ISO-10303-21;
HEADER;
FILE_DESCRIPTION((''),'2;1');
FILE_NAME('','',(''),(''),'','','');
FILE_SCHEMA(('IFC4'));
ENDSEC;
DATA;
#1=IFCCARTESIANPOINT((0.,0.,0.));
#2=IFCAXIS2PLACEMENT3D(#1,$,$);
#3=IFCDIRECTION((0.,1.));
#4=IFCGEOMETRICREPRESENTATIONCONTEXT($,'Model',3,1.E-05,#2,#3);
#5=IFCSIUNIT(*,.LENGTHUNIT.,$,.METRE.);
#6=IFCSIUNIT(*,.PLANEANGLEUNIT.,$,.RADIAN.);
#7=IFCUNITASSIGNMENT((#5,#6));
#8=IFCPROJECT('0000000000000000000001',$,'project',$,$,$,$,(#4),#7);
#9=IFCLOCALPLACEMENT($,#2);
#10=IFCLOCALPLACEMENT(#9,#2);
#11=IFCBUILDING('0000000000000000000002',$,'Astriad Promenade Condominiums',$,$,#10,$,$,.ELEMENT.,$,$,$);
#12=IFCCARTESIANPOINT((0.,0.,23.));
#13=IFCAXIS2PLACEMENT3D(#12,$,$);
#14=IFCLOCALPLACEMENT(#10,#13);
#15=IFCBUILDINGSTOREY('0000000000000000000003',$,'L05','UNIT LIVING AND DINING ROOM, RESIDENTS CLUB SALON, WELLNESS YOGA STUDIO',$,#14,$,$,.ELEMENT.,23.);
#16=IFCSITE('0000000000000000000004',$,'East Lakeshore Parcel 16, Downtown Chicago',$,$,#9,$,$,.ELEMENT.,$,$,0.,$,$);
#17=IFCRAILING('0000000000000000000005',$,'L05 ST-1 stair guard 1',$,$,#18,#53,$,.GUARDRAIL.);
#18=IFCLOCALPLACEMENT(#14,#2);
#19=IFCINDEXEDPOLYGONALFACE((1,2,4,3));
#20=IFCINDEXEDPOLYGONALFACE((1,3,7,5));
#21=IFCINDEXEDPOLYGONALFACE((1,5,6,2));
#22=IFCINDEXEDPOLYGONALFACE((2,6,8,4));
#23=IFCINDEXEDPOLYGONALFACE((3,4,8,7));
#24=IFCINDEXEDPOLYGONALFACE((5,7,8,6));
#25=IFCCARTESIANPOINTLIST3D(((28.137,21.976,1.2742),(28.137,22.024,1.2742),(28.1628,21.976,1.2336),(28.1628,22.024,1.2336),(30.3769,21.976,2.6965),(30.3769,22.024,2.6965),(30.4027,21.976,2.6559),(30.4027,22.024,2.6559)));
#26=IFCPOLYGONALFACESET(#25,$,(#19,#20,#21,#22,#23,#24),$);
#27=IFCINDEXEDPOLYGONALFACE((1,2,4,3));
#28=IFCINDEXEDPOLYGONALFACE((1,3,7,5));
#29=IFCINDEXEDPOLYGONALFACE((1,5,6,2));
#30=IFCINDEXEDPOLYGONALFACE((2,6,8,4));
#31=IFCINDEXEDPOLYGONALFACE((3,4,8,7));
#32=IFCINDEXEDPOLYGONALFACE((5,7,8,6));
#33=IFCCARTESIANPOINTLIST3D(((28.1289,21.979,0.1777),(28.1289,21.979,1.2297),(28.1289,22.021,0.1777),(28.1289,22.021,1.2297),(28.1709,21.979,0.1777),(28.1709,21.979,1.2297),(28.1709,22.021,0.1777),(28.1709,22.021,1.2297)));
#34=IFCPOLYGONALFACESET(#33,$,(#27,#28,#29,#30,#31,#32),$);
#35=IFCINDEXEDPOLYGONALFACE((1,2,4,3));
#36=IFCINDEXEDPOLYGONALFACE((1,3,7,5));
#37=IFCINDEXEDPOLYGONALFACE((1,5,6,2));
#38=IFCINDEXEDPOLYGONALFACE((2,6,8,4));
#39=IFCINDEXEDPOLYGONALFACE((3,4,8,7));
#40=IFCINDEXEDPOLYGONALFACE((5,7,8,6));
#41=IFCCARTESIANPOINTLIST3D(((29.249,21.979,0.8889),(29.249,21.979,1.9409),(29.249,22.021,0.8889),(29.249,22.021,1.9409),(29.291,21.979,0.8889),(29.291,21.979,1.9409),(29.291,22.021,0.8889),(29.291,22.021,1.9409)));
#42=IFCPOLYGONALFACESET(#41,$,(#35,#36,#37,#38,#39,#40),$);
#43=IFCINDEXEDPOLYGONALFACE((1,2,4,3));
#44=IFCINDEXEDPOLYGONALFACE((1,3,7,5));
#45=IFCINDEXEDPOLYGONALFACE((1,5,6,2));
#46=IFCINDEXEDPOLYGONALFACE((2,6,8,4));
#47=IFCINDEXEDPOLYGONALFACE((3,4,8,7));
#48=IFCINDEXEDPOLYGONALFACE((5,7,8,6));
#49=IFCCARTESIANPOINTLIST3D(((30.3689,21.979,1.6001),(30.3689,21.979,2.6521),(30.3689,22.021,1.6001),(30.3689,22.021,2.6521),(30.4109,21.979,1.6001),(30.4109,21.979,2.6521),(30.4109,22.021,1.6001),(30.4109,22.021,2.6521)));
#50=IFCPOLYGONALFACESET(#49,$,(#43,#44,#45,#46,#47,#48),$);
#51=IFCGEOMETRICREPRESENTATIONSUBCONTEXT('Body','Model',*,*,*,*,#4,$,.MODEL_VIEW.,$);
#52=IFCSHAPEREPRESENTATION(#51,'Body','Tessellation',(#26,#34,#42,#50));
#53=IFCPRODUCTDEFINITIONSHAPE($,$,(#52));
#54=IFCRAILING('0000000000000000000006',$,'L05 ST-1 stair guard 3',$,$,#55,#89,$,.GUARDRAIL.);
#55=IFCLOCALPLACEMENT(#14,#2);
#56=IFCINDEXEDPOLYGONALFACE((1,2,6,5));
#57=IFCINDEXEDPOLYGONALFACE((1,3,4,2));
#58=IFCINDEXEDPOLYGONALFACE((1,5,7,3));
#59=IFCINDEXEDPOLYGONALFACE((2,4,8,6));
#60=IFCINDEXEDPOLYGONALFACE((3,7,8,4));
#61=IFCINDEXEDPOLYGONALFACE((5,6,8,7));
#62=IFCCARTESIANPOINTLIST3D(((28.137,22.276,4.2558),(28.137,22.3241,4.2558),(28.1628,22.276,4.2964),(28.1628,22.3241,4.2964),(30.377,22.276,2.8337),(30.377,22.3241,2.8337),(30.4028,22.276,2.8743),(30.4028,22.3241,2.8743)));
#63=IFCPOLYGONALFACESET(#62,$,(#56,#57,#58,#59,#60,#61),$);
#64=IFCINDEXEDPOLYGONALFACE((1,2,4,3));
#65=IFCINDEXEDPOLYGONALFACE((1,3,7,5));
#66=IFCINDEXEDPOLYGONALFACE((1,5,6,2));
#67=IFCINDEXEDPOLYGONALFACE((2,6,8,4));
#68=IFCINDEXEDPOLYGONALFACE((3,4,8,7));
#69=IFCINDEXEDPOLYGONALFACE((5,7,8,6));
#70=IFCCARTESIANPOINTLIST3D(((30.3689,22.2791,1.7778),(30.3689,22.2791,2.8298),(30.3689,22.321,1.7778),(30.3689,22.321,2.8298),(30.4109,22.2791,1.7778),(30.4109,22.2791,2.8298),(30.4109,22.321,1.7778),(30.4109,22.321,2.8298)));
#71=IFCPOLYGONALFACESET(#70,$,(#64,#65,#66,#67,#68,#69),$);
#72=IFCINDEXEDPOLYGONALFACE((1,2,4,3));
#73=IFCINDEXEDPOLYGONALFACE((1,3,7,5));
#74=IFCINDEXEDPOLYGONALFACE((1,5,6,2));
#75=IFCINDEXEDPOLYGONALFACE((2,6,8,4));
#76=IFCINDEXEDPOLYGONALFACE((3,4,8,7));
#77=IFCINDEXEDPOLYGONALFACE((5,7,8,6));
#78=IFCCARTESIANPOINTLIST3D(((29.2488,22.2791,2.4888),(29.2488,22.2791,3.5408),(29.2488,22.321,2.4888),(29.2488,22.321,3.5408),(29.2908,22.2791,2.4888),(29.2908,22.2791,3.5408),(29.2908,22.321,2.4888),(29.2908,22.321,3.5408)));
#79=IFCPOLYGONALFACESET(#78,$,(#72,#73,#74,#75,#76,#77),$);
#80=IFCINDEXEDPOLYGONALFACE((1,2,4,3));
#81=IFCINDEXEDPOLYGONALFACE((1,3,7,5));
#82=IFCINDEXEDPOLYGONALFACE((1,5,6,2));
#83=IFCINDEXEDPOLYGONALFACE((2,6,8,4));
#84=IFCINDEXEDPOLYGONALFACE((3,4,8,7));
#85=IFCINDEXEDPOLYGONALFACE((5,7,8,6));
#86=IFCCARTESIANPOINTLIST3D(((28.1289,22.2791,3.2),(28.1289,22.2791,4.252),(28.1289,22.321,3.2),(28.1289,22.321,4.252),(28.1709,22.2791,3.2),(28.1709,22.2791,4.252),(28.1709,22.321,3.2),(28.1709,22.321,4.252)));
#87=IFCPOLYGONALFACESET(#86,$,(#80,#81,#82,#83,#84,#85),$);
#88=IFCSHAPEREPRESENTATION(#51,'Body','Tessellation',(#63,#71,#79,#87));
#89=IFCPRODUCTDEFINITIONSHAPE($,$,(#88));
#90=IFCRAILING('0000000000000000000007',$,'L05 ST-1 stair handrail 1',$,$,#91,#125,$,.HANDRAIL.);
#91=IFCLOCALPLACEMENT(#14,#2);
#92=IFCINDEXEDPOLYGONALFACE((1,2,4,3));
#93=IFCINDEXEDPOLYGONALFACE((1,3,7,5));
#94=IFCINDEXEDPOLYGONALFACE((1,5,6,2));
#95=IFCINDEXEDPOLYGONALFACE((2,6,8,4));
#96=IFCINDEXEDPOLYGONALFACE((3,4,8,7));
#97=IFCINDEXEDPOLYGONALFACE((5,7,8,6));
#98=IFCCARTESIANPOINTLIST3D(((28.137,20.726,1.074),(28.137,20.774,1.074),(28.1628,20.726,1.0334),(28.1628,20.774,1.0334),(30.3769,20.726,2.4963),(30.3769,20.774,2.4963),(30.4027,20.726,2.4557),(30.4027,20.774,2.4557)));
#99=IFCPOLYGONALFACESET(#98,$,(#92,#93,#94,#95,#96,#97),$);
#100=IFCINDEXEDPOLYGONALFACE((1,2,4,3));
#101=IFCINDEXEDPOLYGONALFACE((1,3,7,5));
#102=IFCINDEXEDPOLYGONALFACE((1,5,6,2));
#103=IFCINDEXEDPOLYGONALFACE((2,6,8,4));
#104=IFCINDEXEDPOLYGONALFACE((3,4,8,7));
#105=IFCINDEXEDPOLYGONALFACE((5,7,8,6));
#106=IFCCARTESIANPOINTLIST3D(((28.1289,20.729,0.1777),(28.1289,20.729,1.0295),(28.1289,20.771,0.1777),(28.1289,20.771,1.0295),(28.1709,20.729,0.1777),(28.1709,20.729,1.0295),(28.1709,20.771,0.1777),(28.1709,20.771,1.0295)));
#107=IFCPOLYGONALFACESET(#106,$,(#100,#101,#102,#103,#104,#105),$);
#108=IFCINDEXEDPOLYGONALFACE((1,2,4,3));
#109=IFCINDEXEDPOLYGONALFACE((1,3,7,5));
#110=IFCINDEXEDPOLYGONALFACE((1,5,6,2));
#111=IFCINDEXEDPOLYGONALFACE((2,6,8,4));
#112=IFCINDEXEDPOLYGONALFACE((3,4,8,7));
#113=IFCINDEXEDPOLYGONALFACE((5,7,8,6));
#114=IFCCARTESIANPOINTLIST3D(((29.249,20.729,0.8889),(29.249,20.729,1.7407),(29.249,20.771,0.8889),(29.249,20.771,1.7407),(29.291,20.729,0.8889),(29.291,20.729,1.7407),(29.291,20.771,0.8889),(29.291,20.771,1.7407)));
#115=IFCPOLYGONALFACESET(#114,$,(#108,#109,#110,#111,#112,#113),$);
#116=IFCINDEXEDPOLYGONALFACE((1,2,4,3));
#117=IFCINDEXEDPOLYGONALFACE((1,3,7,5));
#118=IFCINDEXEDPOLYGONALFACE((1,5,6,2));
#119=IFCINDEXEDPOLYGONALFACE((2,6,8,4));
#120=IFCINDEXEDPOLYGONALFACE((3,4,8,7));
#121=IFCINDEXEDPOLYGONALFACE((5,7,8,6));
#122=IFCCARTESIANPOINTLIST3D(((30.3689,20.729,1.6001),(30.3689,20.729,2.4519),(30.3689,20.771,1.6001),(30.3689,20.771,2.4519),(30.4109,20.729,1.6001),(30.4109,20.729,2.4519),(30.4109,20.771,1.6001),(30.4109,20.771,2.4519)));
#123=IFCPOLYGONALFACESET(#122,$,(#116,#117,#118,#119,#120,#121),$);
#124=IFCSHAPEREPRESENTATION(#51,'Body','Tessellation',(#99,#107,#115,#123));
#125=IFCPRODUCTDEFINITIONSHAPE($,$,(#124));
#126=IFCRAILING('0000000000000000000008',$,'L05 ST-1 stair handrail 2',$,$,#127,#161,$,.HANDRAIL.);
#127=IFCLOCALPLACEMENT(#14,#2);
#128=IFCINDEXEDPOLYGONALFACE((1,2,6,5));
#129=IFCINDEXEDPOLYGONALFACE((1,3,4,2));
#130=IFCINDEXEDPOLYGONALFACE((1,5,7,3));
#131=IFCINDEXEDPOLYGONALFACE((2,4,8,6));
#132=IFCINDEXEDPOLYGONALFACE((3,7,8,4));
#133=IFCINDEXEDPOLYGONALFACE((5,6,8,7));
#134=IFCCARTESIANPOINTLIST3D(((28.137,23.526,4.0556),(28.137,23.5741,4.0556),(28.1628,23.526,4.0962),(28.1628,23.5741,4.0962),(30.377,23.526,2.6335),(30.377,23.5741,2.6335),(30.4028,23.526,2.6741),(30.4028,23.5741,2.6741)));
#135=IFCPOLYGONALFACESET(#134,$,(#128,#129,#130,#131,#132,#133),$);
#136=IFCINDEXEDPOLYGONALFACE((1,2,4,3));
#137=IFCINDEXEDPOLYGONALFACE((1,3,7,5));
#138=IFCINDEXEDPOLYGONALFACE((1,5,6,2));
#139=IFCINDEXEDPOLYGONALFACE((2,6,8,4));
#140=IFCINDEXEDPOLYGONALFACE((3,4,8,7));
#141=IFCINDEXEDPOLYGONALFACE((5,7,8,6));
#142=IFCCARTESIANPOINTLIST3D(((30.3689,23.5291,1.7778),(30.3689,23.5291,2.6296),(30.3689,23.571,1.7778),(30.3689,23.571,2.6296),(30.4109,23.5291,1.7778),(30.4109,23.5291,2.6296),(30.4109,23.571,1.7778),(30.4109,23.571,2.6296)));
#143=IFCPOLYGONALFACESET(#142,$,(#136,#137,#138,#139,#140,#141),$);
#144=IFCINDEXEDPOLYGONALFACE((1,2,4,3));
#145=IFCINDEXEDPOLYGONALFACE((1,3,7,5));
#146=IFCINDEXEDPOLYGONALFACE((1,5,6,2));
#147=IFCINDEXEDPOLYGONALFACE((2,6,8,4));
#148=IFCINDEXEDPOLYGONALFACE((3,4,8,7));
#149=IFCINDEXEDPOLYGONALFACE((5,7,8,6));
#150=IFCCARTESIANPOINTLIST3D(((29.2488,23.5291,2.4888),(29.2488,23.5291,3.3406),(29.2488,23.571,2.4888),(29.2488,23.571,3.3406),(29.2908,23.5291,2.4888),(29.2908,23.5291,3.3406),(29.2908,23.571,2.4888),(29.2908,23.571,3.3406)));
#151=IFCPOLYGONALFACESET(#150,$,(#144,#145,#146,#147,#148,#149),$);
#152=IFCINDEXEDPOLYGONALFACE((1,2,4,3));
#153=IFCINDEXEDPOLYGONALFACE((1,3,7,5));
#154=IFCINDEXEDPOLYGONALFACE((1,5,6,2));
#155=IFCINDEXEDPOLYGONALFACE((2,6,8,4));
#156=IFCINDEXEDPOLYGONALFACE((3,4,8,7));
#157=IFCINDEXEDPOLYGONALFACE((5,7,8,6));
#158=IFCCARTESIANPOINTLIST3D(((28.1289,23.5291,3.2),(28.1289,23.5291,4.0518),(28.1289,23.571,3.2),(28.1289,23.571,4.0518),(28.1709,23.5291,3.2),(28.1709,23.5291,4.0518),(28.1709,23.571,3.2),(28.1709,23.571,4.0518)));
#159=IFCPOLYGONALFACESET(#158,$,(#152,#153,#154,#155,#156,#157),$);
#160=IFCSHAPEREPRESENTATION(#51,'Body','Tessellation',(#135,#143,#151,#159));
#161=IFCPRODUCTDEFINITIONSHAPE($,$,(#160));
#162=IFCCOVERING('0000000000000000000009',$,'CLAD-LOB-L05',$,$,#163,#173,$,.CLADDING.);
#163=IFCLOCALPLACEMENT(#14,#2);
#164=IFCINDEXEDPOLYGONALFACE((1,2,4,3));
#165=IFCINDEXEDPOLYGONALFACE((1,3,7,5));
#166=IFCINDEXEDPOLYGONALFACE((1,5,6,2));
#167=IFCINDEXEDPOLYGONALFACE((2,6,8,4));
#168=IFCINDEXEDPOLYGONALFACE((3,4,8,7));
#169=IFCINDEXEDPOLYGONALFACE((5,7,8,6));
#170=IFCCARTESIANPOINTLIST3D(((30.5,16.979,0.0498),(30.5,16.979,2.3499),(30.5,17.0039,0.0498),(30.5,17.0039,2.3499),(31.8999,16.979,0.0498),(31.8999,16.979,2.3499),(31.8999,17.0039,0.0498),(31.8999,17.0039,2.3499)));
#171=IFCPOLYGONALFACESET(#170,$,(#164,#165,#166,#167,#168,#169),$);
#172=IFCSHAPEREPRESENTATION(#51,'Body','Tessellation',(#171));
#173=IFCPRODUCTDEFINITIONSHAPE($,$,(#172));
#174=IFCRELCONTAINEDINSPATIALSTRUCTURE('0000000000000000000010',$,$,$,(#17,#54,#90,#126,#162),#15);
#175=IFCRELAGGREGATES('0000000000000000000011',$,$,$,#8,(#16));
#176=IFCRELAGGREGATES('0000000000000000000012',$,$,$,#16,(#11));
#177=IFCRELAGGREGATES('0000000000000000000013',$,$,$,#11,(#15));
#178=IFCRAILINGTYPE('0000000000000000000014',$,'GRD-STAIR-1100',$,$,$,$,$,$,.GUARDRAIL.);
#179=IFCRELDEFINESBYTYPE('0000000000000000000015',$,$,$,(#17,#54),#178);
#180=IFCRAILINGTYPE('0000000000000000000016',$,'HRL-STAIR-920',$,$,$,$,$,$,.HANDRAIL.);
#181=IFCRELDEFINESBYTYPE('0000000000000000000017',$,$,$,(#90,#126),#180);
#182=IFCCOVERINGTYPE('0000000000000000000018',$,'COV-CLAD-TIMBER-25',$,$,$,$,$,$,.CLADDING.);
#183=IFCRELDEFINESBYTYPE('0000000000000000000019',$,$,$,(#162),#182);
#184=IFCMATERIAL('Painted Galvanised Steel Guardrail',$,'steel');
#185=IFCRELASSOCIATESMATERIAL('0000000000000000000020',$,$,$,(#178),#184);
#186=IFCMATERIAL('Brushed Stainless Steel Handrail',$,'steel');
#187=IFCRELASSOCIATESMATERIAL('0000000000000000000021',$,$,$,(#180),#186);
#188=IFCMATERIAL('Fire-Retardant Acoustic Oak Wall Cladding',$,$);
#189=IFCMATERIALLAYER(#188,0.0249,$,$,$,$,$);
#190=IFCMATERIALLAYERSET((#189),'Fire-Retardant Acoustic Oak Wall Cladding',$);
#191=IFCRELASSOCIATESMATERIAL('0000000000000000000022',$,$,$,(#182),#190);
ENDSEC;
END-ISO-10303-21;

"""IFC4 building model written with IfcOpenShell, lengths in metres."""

from ifc_helpers import new_model, si_unit, direction, frame, origin, origin_2d, place, context, subcontext, project, spatial, rectangle, extrude, source, transform, mapped, material, layer, layer_set, type_object, type_shapes, element, save


model = new_model("IFC4")

# Units and contexts
model_context = context("Model", 3, precision=1e-05, world=origin(), true_north=direction((0.0, 1.0)))
body_context = subcontext(model_context, "Body", "Model", "MODEL_VIEW")
ifc_project = project(units=[si_unit("LENGTHUNIT", "METRE"), si_unit("PLANEANGLEUNIT", "RADIAN")], contexts=[model_context])

# Site, building, storey
site_placement = place(None, origin())
site = spatial("IfcSite", under=ifc_project, at=site_placement, Name="East Lakeshore Parcel 16, Downtown Chicago", CompositionType="ELEMENT", RefElevation=0.0)
building_placement = place(site_placement, origin())
building = spatial("IfcBuilding", under=site, at=building_placement, Name="Astriad Promenade Condominiums", CompositionType="ELEMENT")
storey_placement = place(building_placement, frame((0.0, 0.0, 23.0)))
storey = spatial("IfcBuildingStorey", under=building, at=storey_placement, Name="L05", Description="UNIT LIVING AND DINING ROOM, RESIDENTS CLUB SALON, WELLNESS YOGA STUDIO", CompositionType="ELEMENT", Elevation=23.0)

# Railings
ifc_material_1 = material(Name="Painted Galvanised Steel Guardrail", Category="steel")
railing_type_1 = type_object("IfcRailingType", Name="GRD-STAIR-1100", PredefinedType="GUARDRAIL", material=ifc_material_1)
shared_shape_1 = source(origin(), body_context, "Body", "SweptSolid", [
    extrude(rectangle(XDim=0.0481, YDim=0.0481, at=origin_2d()), frame((0.0, 0.0, 1.0762), z_axis=(0.844188, 0.0, 0.536048), x_axis=(0.0, 1.0, 0.0)), (0.0, 0.0, 1.0), 2.6533),
    extrude(rectangle(XDim=0.042, YDim=0.042, at=origin_2d()), origin(), (0.0, 0.0, 1.0), 1.052),
    extrude(rectangle(XDim=0.042, YDim=0.042, at=origin_2d()), frame((1.1201, 0.0, 0.7112)), (0.0, 0.0, 1.0), 1.052),
    extrude(rectangle(XDim=0.042, YDim=0.042, at=origin_2d()), frame((2.24, 0.0, 1.4224)), (0.0, 0.0, 1.0), 1.052),
])
railing_1_placement = place(storey_placement, frame((28.1499, 22.0, 0.1777)))
element("IfcRailing", 1, at=railing_1_placement, inside=storey, type_object=railing_type_1, Name="L05 ST-1 stair guard 1", PredefinedType="GUARDRAIL", context=body_context, shape_type="MappedRepresentation", body=[
    mapped(shared_shape_1, transform((0.0, 0.0, 0.0), scale=1.0)),
])
shared_shape_2 = source(origin(), body_context, "Body", "SweptSolid", [
    extrude(rectangle(XDim=0.0481, YDim=0.0481, at=origin_2d()), frame((0.0, 0.0, 1.0762), z_axis=(-0.844229, 0.0, 0.535982), x_axis=(0.0, -1.0, 0.0)), (0.0, 0.0, 1.0), 2.6533),
    extrude(rectangle(XDim=0.042, YDim=0.042, at=origin_2d()), origin(), (0.0, 0.0, 1.0), 1.052),
    extrude(rectangle(XDim=0.042, YDim=0.042, at=origin_2d()), frame((-1.1201, 0.0, 0.7109)), (0.0, 0.0, 1.0), 1.052),
    extrude(rectangle(XDim=0.042, YDim=0.042, at=origin_2d()), frame((-2.24, 0.0, 1.4221)), (0.0, 0.0, 1.0), 1.052),
])
railing_2_placement = place(storey_placement, frame((30.3899, 22.3, 1.7778)))
element("IfcRailing", 2, at=railing_2_placement, inside=storey, type_object=railing_type_1, Name="L05 ST-1 stair guard 3", PredefinedType="GUARDRAIL", context=body_context, shape_type="MappedRepresentation", body=[
    mapped(shared_shape_2, transform((0.0, 0.0, 0.0), scale=1.0)),
])
ifc_material_2 = material(Name="Brushed Stainless Steel Handrail", Category="steel")
railing_type_2 = type_object("IfcRailingType", Name="HRL-STAIR-920", PredefinedType="HANDRAIL", material=ifc_material_2)
shared_shape_3 = source(origin(), body_context, "Body", "SweptSolid", [
    extrude(rectangle(XDim=0.0481, YDim=0.0481, at=origin_2d()), frame((0.0, 0.0, 0.876), z_axis=(0.844188, 0.0, 0.536048), x_axis=(0.0, 1.0, 0.0)), (0.0, 0.0, 1.0), 2.6533),
    extrude(rectangle(XDim=0.042, YDim=0.042, at=origin_2d()), origin(), (0.0, 0.0, 1.0), 0.8518),
    extrude(rectangle(XDim=0.042, YDim=0.042, at=origin_2d()), frame((1.1201, 0.0, 0.7112)), (0.0, 0.0, 1.0), 0.8518),
    extrude(rectangle(XDim=0.042, YDim=0.042, at=origin_2d()), frame((2.24, 0.0, 1.4224)), (0.0, 0.0, 1.0), 0.8518),
])
railing_3_placement = place(storey_placement, frame((28.1499, 20.75, 0.1777)))
element("IfcRailing", 3, at=railing_3_placement, inside=storey, type_object=railing_type_2, Name="L05 ST-1 stair handrail 1", PredefinedType="HANDRAIL", context=body_context, shape_type="MappedRepresentation", body=[
    mapped(shared_shape_3, transform((0.0, 0.0, 0.0), scale=1.0)),
])
shared_shape_4 = source(origin(), body_context, "Body", "SweptSolid", [
    extrude(rectangle(XDim=0.0481, YDim=0.0481, at=origin_2d()), frame((0.0, 0.0, 0.876), z_axis=(-0.844229, 0.0, 0.535982), x_axis=(0.0, -1.0, 0.0)), (0.0, 0.0, 1.0), 2.6533),
    extrude(rectangle(XDim=0.042, YDim=0.042, at=origin_2d()), origin(), (0.0, 0.0, 1.0), 0.8518),
    extrude(rectangle(XDim=0.042, YDim=0.042, at=origin_2d()), frame((-1.1201, 0.0, 0.7109)), (0.0, 0.0, 1.0), 0.8518),
    extrude(rectangle(XDim=0.042, YDim=0.042, at=origin_2d()), frame((-2.24, 0.0, 1.4221)), (0.0, 0.0, 1.0), 0.8518),
])
type_shapes(railing_type_2, [shared_shape_3, shared_shape_4])
railing_4_placement = place(storey_placement, frame((30.3899, 23.55, 1.7778)))
element("IfcRailing", 4, at=railing_4_placement, inside=storey, type_object=railing_type_2, Name="L05 ST-1 stair handrail 2", PredefinedType="HANDRAIL", context=body_context, shape_type="MappedRepresentation", body=[
    mapped(shared_shape_4, transform((0.0, 0.0, 0.0), scale=1.0)),
])

# Covering
ifc_material_3 = material(Name="Fire-Retardant Acoustic Oak Wall Cladding")
ifc_layer_1 = layer(ifc_material_3, 0.0249)
ifc_layer_set_1 = layer_set([ifc_layer_1], Name="Fire-Retardant Acoustic Oak Wall Cladding")
covering_type = type_object("IfcCoveringType", Name="COV-CLAD-TIMBER-25", PredefinedType="CLADDING", material=ifc_layer_set_1)
shared_shape_5 = source(origin(), body_context, "Body", "SweptSolid", [
    extrude(rectangle(XDim=1.3999, YDim=0.0249, at=origin_2d()), origin(), (0.0, 0.0, 1.0), 2.3),
])
type_shapes(covering_type, [shared_shape_5])
covering_placement = place(storey_placement, frame((31.2, 16.9915, 0.0498), z_axis=(0.0, 0.0, 1.0), x_axis=(1.0, 0.0, 0.0)))
element("IfcCovering", 5, at=covering_placement, inside=storey, type_object=covering_type, Name="CLAD-LOB-L05", PredefinedType="CLADDING", context=body_context, shape_type="MappedRepresentation", body=[
    mapped(shared_shape_5, transform((0.0, 0.0, 0.0), scale=1.0)),
])

save(model, "model.ifc")
